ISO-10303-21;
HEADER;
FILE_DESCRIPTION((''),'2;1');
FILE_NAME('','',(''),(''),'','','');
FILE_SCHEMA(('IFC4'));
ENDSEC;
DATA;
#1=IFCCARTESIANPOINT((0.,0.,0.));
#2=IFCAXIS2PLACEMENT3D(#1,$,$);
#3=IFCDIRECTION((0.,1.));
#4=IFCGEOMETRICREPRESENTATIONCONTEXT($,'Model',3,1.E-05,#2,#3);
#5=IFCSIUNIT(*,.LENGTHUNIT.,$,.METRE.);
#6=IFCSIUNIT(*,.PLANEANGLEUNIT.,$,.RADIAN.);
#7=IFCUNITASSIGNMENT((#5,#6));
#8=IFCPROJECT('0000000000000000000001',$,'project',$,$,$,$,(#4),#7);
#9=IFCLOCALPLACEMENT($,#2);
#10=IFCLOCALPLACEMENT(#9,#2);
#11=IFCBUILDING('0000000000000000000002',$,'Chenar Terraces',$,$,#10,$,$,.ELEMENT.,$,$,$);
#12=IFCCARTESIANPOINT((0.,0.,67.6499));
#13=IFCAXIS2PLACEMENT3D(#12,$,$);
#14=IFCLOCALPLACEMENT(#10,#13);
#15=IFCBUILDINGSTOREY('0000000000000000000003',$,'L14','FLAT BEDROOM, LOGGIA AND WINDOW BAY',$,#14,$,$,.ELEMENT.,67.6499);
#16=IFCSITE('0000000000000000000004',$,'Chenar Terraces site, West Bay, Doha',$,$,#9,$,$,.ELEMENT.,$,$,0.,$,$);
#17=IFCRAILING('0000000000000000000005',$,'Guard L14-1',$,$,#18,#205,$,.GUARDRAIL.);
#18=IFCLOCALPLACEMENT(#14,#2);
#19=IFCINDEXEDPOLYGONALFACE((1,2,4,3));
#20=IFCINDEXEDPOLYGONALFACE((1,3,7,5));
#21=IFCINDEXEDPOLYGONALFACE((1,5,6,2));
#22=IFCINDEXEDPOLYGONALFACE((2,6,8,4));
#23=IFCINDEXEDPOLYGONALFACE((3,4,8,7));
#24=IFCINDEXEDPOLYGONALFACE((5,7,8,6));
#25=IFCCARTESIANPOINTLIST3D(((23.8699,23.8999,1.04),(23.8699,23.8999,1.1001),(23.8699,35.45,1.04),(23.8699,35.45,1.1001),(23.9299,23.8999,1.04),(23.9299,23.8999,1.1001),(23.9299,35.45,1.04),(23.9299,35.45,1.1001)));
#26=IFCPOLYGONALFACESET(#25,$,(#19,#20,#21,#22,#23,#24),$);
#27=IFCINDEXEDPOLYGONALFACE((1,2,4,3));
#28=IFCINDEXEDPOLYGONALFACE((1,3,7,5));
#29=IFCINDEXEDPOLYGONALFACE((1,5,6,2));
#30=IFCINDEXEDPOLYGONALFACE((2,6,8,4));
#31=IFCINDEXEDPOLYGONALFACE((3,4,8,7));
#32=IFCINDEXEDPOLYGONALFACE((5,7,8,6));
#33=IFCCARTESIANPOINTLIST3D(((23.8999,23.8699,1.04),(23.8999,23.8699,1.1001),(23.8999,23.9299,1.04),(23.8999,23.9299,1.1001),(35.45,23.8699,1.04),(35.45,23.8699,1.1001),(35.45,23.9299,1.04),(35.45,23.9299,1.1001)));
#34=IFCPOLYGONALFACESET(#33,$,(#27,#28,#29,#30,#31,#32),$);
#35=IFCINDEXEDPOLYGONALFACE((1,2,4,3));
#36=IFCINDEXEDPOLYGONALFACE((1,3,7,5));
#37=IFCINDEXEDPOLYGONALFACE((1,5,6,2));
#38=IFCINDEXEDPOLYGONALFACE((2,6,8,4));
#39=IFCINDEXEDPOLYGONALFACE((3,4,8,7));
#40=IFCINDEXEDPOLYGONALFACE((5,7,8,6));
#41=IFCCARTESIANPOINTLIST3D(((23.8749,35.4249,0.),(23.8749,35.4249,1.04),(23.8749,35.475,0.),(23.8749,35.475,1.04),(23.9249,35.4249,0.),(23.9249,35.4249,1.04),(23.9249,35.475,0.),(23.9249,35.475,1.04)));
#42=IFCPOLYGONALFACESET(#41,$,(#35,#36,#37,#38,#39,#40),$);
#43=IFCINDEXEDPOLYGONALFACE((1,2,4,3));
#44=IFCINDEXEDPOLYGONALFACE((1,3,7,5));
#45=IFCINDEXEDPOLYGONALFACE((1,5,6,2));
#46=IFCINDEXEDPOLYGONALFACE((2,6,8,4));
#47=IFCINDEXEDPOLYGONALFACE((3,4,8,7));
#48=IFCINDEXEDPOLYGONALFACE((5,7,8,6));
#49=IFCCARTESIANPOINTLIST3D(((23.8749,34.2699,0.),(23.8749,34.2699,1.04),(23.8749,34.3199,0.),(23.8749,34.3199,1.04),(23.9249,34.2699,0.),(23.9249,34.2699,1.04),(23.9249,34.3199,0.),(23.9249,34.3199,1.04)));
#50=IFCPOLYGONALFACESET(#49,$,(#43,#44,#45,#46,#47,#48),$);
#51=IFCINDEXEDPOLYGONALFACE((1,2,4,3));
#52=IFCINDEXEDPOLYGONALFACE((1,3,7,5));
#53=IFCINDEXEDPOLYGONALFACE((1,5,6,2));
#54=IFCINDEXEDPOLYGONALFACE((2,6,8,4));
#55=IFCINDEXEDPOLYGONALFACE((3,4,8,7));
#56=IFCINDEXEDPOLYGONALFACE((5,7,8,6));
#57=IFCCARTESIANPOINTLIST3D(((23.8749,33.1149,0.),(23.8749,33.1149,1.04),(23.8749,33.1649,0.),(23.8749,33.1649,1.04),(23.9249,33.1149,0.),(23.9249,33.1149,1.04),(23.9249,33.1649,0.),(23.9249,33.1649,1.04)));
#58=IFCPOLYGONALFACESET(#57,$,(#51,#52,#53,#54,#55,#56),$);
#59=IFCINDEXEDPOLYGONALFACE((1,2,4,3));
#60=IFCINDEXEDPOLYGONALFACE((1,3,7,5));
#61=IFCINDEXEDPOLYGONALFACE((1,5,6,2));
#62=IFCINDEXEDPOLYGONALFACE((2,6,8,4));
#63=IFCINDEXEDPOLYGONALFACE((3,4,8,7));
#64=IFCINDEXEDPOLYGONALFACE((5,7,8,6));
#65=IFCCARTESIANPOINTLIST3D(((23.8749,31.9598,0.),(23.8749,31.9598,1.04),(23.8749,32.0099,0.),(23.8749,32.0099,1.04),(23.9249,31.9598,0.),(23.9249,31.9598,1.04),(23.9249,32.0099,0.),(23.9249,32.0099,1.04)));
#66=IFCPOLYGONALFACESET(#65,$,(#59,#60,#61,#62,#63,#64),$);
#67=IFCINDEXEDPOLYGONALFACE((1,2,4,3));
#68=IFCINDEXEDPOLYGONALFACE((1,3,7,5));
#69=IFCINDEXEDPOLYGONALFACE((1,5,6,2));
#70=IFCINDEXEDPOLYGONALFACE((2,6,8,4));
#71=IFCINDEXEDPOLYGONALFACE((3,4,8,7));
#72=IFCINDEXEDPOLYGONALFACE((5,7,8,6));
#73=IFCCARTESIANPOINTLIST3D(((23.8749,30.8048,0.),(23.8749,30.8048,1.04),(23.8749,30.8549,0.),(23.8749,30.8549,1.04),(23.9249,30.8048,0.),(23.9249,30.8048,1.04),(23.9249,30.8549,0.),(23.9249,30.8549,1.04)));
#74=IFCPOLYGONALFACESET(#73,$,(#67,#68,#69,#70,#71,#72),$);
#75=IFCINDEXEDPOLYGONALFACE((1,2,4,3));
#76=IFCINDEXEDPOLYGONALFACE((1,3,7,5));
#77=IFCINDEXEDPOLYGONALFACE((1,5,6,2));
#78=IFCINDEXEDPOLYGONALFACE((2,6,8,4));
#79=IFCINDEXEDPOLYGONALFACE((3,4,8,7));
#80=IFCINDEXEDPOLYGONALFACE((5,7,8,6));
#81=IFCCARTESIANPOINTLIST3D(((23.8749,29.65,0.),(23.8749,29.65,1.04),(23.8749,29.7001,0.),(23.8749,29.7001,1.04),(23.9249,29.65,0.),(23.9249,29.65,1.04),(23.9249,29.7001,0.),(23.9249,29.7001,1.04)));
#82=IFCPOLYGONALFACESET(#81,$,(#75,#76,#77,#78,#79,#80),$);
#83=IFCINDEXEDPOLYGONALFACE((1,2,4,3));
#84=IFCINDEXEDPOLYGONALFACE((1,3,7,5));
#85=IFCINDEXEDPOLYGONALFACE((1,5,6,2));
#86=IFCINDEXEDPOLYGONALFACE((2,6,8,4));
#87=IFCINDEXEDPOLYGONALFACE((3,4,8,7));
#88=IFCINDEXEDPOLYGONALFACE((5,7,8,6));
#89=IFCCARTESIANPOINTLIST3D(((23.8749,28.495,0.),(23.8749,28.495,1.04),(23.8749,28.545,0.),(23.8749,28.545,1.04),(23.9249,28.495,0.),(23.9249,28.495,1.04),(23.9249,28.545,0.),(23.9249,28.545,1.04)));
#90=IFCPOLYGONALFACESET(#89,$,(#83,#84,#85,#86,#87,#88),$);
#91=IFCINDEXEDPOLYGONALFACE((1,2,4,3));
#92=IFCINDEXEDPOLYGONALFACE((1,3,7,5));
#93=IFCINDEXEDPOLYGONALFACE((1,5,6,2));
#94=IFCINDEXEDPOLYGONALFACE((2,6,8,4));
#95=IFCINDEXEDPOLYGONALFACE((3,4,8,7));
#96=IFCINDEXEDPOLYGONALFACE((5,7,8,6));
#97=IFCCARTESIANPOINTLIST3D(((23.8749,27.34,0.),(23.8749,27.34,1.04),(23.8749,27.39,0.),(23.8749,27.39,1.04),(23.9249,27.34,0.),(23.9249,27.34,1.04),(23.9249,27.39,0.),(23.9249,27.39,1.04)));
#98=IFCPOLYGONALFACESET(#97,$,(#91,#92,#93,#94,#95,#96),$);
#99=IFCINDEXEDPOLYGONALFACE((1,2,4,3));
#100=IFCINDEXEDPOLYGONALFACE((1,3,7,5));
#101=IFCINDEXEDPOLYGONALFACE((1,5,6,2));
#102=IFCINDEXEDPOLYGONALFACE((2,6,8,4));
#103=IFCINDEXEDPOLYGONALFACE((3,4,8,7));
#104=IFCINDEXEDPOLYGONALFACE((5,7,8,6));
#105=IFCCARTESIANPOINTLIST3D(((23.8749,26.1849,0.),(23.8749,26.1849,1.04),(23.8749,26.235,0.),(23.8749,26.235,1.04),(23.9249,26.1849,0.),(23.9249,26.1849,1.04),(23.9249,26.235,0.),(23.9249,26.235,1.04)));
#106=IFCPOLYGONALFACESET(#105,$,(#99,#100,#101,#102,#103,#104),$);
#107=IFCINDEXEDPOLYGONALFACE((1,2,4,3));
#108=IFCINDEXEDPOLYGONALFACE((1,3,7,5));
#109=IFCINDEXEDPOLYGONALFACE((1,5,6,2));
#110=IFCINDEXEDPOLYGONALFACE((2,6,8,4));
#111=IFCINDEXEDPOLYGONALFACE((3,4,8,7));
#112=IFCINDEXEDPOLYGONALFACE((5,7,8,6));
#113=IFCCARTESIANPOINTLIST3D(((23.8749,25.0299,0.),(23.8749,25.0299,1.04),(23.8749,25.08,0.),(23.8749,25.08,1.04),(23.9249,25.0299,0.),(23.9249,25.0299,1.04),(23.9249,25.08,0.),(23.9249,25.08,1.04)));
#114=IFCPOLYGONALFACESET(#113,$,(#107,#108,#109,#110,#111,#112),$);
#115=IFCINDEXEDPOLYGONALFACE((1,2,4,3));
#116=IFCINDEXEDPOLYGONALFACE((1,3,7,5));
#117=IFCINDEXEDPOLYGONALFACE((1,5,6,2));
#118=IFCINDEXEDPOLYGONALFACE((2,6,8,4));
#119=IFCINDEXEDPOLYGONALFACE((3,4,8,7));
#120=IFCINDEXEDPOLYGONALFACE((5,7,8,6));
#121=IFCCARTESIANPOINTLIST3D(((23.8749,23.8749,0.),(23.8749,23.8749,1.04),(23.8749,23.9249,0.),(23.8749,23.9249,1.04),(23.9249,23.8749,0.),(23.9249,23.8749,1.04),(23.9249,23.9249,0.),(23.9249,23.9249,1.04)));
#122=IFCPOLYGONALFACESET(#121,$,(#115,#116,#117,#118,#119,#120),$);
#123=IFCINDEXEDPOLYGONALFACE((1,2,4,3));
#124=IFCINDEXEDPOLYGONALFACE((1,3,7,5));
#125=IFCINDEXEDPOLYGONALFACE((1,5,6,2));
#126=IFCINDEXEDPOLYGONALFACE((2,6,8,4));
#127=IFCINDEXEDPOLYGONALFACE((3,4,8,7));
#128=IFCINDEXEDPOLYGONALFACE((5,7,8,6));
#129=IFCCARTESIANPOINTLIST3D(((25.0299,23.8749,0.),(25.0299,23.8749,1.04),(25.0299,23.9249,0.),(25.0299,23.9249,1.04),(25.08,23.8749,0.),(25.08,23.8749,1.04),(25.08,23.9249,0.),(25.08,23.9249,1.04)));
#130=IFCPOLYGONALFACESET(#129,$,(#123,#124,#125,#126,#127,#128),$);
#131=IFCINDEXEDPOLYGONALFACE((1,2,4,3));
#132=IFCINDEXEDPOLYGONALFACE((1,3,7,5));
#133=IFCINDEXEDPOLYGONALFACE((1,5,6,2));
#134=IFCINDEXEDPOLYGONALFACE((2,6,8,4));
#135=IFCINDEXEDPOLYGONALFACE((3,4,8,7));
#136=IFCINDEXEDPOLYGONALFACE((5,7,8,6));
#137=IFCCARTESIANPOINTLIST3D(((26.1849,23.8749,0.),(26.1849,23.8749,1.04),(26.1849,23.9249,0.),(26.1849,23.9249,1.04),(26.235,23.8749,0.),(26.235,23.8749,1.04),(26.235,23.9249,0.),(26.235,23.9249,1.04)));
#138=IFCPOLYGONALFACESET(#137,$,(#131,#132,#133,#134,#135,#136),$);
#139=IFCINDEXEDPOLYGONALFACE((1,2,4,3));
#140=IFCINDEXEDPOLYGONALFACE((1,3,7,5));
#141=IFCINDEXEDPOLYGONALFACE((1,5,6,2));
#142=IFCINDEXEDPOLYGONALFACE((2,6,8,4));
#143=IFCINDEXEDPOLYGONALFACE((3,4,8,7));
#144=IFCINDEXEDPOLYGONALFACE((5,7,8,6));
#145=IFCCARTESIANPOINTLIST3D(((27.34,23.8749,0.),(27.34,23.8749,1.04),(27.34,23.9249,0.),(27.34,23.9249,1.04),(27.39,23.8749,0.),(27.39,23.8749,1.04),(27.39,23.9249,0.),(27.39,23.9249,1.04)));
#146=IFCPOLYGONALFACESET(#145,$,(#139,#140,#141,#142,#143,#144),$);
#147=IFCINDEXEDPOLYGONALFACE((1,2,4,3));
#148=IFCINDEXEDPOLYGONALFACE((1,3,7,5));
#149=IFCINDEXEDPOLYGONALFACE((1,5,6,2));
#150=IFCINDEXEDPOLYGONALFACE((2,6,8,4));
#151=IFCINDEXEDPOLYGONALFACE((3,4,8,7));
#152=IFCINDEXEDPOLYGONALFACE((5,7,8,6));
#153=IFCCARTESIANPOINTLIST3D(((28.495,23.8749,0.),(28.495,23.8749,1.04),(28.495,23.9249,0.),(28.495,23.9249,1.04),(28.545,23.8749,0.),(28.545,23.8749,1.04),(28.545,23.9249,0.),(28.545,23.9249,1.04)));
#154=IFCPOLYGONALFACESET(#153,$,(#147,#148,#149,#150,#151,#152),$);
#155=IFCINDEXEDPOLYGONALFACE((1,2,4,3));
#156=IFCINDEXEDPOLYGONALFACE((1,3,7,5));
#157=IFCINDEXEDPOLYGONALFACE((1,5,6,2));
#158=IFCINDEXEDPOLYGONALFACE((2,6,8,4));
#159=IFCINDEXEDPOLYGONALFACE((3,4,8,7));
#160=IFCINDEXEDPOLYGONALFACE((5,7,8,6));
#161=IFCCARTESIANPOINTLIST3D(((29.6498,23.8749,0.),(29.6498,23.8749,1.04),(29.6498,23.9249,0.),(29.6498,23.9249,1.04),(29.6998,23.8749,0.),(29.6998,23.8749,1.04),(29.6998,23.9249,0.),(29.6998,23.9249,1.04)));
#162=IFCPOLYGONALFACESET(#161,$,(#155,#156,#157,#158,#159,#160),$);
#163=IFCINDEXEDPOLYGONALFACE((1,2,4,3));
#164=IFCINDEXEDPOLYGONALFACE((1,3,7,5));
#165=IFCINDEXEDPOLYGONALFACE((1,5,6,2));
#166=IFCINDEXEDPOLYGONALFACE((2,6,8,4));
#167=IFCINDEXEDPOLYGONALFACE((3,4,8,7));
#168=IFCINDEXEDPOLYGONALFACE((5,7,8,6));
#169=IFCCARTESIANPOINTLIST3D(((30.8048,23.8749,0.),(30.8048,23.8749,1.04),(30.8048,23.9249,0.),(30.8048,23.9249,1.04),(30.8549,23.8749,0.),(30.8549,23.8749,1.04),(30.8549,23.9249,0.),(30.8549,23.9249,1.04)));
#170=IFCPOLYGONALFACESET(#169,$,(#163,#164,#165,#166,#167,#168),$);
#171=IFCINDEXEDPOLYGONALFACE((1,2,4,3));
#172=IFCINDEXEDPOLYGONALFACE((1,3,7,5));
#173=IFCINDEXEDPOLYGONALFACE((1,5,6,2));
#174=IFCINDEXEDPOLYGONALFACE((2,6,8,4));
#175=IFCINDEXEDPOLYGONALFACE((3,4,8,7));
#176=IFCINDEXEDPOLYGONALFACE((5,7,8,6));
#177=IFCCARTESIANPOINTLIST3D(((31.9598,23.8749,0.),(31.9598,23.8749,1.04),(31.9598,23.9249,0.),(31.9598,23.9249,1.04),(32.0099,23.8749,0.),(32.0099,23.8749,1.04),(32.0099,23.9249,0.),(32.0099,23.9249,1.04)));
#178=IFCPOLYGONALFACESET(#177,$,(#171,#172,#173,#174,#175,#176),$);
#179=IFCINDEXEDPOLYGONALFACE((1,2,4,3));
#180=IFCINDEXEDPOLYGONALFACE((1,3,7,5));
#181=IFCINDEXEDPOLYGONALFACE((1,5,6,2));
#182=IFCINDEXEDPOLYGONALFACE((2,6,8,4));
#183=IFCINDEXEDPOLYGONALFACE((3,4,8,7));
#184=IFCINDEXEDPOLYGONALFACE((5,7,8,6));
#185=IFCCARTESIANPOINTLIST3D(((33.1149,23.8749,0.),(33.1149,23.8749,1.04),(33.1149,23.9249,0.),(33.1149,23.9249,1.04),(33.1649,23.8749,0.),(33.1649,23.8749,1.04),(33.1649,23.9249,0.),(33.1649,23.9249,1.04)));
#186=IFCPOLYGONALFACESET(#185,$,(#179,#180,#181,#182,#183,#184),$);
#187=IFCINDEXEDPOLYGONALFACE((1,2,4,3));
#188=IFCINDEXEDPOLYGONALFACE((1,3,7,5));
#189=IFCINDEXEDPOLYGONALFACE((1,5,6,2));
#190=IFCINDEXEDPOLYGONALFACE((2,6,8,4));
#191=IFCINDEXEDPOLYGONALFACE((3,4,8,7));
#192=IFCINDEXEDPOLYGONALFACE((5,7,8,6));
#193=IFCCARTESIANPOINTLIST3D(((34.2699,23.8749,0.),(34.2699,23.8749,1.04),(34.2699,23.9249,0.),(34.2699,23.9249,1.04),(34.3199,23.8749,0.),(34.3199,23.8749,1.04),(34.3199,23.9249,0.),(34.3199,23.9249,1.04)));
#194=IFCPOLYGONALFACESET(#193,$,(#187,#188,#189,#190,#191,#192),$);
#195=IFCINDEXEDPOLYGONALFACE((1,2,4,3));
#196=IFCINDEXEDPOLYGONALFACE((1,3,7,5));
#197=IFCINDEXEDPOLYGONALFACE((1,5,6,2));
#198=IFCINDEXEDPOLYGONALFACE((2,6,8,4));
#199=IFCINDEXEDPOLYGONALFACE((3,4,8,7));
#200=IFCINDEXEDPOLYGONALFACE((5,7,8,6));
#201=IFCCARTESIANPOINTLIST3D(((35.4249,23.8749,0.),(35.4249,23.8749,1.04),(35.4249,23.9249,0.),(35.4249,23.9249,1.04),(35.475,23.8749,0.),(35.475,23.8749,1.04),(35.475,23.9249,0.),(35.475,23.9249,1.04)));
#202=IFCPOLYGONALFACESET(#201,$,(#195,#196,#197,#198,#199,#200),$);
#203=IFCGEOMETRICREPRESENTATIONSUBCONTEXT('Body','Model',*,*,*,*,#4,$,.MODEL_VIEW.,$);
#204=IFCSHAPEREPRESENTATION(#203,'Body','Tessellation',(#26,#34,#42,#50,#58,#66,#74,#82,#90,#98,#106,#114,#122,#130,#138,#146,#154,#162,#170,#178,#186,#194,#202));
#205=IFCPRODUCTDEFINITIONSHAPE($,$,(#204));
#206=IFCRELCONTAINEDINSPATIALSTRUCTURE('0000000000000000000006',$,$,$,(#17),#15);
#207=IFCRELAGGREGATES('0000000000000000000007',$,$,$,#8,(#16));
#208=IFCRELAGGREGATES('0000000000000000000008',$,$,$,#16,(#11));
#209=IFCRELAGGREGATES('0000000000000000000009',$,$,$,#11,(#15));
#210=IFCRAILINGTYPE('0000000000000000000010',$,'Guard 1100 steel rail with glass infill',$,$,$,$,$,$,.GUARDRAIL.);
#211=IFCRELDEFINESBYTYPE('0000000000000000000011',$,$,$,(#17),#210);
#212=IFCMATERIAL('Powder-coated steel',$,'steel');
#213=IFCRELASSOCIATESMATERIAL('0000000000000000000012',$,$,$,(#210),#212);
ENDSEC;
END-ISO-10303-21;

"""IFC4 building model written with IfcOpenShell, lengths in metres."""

from ifc_helpers import new_model, si_unit, direction, frame, origin, origin_2d, place, context, subcontext, project, spatial, rectangle, extrude, material, type_object, element, save


model = new_model("IFC4")

# Units and contexts
model_context = context("Model", 3, precision=1e-05, world=origin(), true_north=direction((0.0, 1.0)))
body_context = subcontext(model_context, "Body", "Model", "MODEL_VIEW")
ifc_project = project(units=[si_unit("LENGTHUNIT", "METRE"), si_unit("PLANEANGLEUNIT", "RADIAN")], contexts=[model_context])

# Site, building, storey
site_placement = place(None, origin())
site = spatial("IfcSite", under=ifc_project, at=site_placement, Name="Chenar Terraces site, West Bay, Doha", CompositionType="ELEMENT", RefElevation=0.0)
building_placement = place(site_placement, origin())
building = spatial("IfcBuilding", under=site, at=building_placement, Name="Chenar Terraces", CompositionType="ELEMENT")
storey_placement = place(building_placement, frame((0.0, 0.0, 67.6499)))
storey = spatial("IfcBuildingStorey", under=building, at=storey_placement, Name="L14", Description="FLAT BEDROOM, LOGGIA AND WINDOW BAY", CompositionType="ELEMENT", Elevation=67.6499)

# Railing
ifc_material_1 = material(Name="Powder-coated steel", Category="steel")
railing_type_1 = type_object("IfcRailingType", Name="Guard 1100 steel rail with glass infill", PredefinedType="GUARDRAIL", material=ifc_material_1)
railing_1_placement = place(storey_placement, frame((23.8999, 35.45, 0.0)))
element("IfcRailing", 1, at=railing_1_placement, inside=storey, type_object=railing_type_1, Name="Guard L14-1", PredefinedType="GUARDRAIL", context=body_context, shape_type="SweptSolid", body=[
    extrude(rectangle(XDim=0.0601, YDim=0.0601, at=origin_2d()), frame((0.0, 0.0, 1.0701), z_axis=(0.0, -1.0, 0.0), x_axis=(1.0, 0.0, 0.0)), (0.0, 0.0, 1.0), 11.55),
    extrude(rectangle(XDim=0.0601, YDim=0.0601, at=origin_2d()), frame((0.0, -11.55, 1.0701), z_axis=(1.0, 0.0, 0.0), x_axis=(0.0, 1.0, 0.0)), (0.0, 0.0, 1.0), 11.55),
    extrude(rectangle(XDim=0.05, YDim=0.05, at=origin_2d()), origin(), (0.0, 0.0, 1.0), 1.04),
    extrude(rectangle(XDim=0.05, YDim=0.05, at=origin_2d()), frame((0.0, -1.155, 0.0)), (0.0, 0.0, 1.0), 1.04),
    extrude(rectangle(XDim=0.05, YDim=0.05, at=origin_2d()), frame((0.0, -2.3101, 0.0)), (0.0, 0.0, 1.0), 1.04),
    extrude(rectangle(XDim=0.05, YDim=0.05, at=origin_2d()), frame((0.0, -3.4651, 0.0)), (0.0, 0.0, 1.0), 1.04),
    extrude(rectangle(XDim=0.05, YDim=0.05, at=origin_2d()), frame((0.0, -4.6201, 0.0)), (0.0, 0.0, 1.0), 1.04),
    extrude(rectangle(XDim=0.05, YDim=0.05, at=origin_2d()), frame((0.0, -5.7749, 0.0)), (0.0, 0.0, 1.0), 1.04),
    extrude(rectangle(XDim=0.05, YDim=0.05, at=origin_2d()), frame((0.0, -6.9299, 0.0)), (0.0, 0.0, 1.0), 1.04),
    extrude(rectangle(XDim=0.05, YDim=0.05, at=origin_2d()), frame((0.0, -8.085, 0.0)), (0.0, 0.0, 1.0), 1.04),
    extrude(rectangle(XDim=0.05, YDim=0.05, at=origin_2d()), frame((0.0, -9.24, 0.0)), (0.0, 0.0, 1.0), 1.04),
    extrude(rectangle(XDim=0.05, YDim=0.05, at=origin_2d()), frame((0.0, -10.395, 0.0)), (0.0, 0.0, 1.0), 1.04),
    extrude(rectangle(XDim=0.05, YDim=0.05, at=origin_2d()), frame((0.0, -11.55, 0.0)), (0.0, 0.0, 1.0), 1.04),
    extrude(rectangle(XDim=0.05, YDim=0.05, at=origin_2d()), frame((1.155, -11.55, 0.0)), (0.0, 0.0, 1.0), 1.04),
    extrude(rectangle(XDim=0.05, YDim=0.05, at=origin_2d()), frame((2.3101, -11.55, 0.0)), (0.0, 0.0, 1.0), 1.04),
    extrude(rectangle(XDim=0.05, YDim=0.05, at=origin_2d()), frame((3.4651, -11.55, 0.0)), (0.0, 0.0, 1.0), 1.04),
    extrude(rectangle(XDim=0.05, YDim=0.05, at=origin_2d()), frame((4.6201, -11.55, 0.0)), (0.0, 0.0, 1.0), 1.04),
    extrude(rectangle(XDim=0.05, YDim=0.05, at=origin_2d()), frame((5.7749, -11.55, 0.0)), (0.0, 0.0, 1.0), 1.04),
    extrude(rectangle(XDim=0.05, YDim=0.05, at=origin_2d()), frame((6.9299, -11.55, 0.0)), (0.0, 0.0, 1.0), 1.04),
    extrude(rectangle(XDim=0.05, YDim=0.05, at=origin_2d()), frame((8.085, -11.55, 0.0)), (0.0, 0.0, 1.0), 1.04),
    extrude(rectangle(XDim=0.05, YDim=0.05, at=origin_2d()), frame((9.24, -11.55, 0.0)), (0.0, 0.0, 1.0), 1.04),
    extrude(rectangle(XDim=0.05, YDim=0.05, at=origin_2d()), frame((10.395, -11.55, 0.0)), (0.0, 0.0, 1.0), 1.04),
    extrude(rectangle(XDim=0.05, YDim=0.05, at=origin_2d()), frame((11.55, -11.55, 0.0)), (0.0, 0.0, 1.0), 1.04),
])

save(model, "model.ifc")
